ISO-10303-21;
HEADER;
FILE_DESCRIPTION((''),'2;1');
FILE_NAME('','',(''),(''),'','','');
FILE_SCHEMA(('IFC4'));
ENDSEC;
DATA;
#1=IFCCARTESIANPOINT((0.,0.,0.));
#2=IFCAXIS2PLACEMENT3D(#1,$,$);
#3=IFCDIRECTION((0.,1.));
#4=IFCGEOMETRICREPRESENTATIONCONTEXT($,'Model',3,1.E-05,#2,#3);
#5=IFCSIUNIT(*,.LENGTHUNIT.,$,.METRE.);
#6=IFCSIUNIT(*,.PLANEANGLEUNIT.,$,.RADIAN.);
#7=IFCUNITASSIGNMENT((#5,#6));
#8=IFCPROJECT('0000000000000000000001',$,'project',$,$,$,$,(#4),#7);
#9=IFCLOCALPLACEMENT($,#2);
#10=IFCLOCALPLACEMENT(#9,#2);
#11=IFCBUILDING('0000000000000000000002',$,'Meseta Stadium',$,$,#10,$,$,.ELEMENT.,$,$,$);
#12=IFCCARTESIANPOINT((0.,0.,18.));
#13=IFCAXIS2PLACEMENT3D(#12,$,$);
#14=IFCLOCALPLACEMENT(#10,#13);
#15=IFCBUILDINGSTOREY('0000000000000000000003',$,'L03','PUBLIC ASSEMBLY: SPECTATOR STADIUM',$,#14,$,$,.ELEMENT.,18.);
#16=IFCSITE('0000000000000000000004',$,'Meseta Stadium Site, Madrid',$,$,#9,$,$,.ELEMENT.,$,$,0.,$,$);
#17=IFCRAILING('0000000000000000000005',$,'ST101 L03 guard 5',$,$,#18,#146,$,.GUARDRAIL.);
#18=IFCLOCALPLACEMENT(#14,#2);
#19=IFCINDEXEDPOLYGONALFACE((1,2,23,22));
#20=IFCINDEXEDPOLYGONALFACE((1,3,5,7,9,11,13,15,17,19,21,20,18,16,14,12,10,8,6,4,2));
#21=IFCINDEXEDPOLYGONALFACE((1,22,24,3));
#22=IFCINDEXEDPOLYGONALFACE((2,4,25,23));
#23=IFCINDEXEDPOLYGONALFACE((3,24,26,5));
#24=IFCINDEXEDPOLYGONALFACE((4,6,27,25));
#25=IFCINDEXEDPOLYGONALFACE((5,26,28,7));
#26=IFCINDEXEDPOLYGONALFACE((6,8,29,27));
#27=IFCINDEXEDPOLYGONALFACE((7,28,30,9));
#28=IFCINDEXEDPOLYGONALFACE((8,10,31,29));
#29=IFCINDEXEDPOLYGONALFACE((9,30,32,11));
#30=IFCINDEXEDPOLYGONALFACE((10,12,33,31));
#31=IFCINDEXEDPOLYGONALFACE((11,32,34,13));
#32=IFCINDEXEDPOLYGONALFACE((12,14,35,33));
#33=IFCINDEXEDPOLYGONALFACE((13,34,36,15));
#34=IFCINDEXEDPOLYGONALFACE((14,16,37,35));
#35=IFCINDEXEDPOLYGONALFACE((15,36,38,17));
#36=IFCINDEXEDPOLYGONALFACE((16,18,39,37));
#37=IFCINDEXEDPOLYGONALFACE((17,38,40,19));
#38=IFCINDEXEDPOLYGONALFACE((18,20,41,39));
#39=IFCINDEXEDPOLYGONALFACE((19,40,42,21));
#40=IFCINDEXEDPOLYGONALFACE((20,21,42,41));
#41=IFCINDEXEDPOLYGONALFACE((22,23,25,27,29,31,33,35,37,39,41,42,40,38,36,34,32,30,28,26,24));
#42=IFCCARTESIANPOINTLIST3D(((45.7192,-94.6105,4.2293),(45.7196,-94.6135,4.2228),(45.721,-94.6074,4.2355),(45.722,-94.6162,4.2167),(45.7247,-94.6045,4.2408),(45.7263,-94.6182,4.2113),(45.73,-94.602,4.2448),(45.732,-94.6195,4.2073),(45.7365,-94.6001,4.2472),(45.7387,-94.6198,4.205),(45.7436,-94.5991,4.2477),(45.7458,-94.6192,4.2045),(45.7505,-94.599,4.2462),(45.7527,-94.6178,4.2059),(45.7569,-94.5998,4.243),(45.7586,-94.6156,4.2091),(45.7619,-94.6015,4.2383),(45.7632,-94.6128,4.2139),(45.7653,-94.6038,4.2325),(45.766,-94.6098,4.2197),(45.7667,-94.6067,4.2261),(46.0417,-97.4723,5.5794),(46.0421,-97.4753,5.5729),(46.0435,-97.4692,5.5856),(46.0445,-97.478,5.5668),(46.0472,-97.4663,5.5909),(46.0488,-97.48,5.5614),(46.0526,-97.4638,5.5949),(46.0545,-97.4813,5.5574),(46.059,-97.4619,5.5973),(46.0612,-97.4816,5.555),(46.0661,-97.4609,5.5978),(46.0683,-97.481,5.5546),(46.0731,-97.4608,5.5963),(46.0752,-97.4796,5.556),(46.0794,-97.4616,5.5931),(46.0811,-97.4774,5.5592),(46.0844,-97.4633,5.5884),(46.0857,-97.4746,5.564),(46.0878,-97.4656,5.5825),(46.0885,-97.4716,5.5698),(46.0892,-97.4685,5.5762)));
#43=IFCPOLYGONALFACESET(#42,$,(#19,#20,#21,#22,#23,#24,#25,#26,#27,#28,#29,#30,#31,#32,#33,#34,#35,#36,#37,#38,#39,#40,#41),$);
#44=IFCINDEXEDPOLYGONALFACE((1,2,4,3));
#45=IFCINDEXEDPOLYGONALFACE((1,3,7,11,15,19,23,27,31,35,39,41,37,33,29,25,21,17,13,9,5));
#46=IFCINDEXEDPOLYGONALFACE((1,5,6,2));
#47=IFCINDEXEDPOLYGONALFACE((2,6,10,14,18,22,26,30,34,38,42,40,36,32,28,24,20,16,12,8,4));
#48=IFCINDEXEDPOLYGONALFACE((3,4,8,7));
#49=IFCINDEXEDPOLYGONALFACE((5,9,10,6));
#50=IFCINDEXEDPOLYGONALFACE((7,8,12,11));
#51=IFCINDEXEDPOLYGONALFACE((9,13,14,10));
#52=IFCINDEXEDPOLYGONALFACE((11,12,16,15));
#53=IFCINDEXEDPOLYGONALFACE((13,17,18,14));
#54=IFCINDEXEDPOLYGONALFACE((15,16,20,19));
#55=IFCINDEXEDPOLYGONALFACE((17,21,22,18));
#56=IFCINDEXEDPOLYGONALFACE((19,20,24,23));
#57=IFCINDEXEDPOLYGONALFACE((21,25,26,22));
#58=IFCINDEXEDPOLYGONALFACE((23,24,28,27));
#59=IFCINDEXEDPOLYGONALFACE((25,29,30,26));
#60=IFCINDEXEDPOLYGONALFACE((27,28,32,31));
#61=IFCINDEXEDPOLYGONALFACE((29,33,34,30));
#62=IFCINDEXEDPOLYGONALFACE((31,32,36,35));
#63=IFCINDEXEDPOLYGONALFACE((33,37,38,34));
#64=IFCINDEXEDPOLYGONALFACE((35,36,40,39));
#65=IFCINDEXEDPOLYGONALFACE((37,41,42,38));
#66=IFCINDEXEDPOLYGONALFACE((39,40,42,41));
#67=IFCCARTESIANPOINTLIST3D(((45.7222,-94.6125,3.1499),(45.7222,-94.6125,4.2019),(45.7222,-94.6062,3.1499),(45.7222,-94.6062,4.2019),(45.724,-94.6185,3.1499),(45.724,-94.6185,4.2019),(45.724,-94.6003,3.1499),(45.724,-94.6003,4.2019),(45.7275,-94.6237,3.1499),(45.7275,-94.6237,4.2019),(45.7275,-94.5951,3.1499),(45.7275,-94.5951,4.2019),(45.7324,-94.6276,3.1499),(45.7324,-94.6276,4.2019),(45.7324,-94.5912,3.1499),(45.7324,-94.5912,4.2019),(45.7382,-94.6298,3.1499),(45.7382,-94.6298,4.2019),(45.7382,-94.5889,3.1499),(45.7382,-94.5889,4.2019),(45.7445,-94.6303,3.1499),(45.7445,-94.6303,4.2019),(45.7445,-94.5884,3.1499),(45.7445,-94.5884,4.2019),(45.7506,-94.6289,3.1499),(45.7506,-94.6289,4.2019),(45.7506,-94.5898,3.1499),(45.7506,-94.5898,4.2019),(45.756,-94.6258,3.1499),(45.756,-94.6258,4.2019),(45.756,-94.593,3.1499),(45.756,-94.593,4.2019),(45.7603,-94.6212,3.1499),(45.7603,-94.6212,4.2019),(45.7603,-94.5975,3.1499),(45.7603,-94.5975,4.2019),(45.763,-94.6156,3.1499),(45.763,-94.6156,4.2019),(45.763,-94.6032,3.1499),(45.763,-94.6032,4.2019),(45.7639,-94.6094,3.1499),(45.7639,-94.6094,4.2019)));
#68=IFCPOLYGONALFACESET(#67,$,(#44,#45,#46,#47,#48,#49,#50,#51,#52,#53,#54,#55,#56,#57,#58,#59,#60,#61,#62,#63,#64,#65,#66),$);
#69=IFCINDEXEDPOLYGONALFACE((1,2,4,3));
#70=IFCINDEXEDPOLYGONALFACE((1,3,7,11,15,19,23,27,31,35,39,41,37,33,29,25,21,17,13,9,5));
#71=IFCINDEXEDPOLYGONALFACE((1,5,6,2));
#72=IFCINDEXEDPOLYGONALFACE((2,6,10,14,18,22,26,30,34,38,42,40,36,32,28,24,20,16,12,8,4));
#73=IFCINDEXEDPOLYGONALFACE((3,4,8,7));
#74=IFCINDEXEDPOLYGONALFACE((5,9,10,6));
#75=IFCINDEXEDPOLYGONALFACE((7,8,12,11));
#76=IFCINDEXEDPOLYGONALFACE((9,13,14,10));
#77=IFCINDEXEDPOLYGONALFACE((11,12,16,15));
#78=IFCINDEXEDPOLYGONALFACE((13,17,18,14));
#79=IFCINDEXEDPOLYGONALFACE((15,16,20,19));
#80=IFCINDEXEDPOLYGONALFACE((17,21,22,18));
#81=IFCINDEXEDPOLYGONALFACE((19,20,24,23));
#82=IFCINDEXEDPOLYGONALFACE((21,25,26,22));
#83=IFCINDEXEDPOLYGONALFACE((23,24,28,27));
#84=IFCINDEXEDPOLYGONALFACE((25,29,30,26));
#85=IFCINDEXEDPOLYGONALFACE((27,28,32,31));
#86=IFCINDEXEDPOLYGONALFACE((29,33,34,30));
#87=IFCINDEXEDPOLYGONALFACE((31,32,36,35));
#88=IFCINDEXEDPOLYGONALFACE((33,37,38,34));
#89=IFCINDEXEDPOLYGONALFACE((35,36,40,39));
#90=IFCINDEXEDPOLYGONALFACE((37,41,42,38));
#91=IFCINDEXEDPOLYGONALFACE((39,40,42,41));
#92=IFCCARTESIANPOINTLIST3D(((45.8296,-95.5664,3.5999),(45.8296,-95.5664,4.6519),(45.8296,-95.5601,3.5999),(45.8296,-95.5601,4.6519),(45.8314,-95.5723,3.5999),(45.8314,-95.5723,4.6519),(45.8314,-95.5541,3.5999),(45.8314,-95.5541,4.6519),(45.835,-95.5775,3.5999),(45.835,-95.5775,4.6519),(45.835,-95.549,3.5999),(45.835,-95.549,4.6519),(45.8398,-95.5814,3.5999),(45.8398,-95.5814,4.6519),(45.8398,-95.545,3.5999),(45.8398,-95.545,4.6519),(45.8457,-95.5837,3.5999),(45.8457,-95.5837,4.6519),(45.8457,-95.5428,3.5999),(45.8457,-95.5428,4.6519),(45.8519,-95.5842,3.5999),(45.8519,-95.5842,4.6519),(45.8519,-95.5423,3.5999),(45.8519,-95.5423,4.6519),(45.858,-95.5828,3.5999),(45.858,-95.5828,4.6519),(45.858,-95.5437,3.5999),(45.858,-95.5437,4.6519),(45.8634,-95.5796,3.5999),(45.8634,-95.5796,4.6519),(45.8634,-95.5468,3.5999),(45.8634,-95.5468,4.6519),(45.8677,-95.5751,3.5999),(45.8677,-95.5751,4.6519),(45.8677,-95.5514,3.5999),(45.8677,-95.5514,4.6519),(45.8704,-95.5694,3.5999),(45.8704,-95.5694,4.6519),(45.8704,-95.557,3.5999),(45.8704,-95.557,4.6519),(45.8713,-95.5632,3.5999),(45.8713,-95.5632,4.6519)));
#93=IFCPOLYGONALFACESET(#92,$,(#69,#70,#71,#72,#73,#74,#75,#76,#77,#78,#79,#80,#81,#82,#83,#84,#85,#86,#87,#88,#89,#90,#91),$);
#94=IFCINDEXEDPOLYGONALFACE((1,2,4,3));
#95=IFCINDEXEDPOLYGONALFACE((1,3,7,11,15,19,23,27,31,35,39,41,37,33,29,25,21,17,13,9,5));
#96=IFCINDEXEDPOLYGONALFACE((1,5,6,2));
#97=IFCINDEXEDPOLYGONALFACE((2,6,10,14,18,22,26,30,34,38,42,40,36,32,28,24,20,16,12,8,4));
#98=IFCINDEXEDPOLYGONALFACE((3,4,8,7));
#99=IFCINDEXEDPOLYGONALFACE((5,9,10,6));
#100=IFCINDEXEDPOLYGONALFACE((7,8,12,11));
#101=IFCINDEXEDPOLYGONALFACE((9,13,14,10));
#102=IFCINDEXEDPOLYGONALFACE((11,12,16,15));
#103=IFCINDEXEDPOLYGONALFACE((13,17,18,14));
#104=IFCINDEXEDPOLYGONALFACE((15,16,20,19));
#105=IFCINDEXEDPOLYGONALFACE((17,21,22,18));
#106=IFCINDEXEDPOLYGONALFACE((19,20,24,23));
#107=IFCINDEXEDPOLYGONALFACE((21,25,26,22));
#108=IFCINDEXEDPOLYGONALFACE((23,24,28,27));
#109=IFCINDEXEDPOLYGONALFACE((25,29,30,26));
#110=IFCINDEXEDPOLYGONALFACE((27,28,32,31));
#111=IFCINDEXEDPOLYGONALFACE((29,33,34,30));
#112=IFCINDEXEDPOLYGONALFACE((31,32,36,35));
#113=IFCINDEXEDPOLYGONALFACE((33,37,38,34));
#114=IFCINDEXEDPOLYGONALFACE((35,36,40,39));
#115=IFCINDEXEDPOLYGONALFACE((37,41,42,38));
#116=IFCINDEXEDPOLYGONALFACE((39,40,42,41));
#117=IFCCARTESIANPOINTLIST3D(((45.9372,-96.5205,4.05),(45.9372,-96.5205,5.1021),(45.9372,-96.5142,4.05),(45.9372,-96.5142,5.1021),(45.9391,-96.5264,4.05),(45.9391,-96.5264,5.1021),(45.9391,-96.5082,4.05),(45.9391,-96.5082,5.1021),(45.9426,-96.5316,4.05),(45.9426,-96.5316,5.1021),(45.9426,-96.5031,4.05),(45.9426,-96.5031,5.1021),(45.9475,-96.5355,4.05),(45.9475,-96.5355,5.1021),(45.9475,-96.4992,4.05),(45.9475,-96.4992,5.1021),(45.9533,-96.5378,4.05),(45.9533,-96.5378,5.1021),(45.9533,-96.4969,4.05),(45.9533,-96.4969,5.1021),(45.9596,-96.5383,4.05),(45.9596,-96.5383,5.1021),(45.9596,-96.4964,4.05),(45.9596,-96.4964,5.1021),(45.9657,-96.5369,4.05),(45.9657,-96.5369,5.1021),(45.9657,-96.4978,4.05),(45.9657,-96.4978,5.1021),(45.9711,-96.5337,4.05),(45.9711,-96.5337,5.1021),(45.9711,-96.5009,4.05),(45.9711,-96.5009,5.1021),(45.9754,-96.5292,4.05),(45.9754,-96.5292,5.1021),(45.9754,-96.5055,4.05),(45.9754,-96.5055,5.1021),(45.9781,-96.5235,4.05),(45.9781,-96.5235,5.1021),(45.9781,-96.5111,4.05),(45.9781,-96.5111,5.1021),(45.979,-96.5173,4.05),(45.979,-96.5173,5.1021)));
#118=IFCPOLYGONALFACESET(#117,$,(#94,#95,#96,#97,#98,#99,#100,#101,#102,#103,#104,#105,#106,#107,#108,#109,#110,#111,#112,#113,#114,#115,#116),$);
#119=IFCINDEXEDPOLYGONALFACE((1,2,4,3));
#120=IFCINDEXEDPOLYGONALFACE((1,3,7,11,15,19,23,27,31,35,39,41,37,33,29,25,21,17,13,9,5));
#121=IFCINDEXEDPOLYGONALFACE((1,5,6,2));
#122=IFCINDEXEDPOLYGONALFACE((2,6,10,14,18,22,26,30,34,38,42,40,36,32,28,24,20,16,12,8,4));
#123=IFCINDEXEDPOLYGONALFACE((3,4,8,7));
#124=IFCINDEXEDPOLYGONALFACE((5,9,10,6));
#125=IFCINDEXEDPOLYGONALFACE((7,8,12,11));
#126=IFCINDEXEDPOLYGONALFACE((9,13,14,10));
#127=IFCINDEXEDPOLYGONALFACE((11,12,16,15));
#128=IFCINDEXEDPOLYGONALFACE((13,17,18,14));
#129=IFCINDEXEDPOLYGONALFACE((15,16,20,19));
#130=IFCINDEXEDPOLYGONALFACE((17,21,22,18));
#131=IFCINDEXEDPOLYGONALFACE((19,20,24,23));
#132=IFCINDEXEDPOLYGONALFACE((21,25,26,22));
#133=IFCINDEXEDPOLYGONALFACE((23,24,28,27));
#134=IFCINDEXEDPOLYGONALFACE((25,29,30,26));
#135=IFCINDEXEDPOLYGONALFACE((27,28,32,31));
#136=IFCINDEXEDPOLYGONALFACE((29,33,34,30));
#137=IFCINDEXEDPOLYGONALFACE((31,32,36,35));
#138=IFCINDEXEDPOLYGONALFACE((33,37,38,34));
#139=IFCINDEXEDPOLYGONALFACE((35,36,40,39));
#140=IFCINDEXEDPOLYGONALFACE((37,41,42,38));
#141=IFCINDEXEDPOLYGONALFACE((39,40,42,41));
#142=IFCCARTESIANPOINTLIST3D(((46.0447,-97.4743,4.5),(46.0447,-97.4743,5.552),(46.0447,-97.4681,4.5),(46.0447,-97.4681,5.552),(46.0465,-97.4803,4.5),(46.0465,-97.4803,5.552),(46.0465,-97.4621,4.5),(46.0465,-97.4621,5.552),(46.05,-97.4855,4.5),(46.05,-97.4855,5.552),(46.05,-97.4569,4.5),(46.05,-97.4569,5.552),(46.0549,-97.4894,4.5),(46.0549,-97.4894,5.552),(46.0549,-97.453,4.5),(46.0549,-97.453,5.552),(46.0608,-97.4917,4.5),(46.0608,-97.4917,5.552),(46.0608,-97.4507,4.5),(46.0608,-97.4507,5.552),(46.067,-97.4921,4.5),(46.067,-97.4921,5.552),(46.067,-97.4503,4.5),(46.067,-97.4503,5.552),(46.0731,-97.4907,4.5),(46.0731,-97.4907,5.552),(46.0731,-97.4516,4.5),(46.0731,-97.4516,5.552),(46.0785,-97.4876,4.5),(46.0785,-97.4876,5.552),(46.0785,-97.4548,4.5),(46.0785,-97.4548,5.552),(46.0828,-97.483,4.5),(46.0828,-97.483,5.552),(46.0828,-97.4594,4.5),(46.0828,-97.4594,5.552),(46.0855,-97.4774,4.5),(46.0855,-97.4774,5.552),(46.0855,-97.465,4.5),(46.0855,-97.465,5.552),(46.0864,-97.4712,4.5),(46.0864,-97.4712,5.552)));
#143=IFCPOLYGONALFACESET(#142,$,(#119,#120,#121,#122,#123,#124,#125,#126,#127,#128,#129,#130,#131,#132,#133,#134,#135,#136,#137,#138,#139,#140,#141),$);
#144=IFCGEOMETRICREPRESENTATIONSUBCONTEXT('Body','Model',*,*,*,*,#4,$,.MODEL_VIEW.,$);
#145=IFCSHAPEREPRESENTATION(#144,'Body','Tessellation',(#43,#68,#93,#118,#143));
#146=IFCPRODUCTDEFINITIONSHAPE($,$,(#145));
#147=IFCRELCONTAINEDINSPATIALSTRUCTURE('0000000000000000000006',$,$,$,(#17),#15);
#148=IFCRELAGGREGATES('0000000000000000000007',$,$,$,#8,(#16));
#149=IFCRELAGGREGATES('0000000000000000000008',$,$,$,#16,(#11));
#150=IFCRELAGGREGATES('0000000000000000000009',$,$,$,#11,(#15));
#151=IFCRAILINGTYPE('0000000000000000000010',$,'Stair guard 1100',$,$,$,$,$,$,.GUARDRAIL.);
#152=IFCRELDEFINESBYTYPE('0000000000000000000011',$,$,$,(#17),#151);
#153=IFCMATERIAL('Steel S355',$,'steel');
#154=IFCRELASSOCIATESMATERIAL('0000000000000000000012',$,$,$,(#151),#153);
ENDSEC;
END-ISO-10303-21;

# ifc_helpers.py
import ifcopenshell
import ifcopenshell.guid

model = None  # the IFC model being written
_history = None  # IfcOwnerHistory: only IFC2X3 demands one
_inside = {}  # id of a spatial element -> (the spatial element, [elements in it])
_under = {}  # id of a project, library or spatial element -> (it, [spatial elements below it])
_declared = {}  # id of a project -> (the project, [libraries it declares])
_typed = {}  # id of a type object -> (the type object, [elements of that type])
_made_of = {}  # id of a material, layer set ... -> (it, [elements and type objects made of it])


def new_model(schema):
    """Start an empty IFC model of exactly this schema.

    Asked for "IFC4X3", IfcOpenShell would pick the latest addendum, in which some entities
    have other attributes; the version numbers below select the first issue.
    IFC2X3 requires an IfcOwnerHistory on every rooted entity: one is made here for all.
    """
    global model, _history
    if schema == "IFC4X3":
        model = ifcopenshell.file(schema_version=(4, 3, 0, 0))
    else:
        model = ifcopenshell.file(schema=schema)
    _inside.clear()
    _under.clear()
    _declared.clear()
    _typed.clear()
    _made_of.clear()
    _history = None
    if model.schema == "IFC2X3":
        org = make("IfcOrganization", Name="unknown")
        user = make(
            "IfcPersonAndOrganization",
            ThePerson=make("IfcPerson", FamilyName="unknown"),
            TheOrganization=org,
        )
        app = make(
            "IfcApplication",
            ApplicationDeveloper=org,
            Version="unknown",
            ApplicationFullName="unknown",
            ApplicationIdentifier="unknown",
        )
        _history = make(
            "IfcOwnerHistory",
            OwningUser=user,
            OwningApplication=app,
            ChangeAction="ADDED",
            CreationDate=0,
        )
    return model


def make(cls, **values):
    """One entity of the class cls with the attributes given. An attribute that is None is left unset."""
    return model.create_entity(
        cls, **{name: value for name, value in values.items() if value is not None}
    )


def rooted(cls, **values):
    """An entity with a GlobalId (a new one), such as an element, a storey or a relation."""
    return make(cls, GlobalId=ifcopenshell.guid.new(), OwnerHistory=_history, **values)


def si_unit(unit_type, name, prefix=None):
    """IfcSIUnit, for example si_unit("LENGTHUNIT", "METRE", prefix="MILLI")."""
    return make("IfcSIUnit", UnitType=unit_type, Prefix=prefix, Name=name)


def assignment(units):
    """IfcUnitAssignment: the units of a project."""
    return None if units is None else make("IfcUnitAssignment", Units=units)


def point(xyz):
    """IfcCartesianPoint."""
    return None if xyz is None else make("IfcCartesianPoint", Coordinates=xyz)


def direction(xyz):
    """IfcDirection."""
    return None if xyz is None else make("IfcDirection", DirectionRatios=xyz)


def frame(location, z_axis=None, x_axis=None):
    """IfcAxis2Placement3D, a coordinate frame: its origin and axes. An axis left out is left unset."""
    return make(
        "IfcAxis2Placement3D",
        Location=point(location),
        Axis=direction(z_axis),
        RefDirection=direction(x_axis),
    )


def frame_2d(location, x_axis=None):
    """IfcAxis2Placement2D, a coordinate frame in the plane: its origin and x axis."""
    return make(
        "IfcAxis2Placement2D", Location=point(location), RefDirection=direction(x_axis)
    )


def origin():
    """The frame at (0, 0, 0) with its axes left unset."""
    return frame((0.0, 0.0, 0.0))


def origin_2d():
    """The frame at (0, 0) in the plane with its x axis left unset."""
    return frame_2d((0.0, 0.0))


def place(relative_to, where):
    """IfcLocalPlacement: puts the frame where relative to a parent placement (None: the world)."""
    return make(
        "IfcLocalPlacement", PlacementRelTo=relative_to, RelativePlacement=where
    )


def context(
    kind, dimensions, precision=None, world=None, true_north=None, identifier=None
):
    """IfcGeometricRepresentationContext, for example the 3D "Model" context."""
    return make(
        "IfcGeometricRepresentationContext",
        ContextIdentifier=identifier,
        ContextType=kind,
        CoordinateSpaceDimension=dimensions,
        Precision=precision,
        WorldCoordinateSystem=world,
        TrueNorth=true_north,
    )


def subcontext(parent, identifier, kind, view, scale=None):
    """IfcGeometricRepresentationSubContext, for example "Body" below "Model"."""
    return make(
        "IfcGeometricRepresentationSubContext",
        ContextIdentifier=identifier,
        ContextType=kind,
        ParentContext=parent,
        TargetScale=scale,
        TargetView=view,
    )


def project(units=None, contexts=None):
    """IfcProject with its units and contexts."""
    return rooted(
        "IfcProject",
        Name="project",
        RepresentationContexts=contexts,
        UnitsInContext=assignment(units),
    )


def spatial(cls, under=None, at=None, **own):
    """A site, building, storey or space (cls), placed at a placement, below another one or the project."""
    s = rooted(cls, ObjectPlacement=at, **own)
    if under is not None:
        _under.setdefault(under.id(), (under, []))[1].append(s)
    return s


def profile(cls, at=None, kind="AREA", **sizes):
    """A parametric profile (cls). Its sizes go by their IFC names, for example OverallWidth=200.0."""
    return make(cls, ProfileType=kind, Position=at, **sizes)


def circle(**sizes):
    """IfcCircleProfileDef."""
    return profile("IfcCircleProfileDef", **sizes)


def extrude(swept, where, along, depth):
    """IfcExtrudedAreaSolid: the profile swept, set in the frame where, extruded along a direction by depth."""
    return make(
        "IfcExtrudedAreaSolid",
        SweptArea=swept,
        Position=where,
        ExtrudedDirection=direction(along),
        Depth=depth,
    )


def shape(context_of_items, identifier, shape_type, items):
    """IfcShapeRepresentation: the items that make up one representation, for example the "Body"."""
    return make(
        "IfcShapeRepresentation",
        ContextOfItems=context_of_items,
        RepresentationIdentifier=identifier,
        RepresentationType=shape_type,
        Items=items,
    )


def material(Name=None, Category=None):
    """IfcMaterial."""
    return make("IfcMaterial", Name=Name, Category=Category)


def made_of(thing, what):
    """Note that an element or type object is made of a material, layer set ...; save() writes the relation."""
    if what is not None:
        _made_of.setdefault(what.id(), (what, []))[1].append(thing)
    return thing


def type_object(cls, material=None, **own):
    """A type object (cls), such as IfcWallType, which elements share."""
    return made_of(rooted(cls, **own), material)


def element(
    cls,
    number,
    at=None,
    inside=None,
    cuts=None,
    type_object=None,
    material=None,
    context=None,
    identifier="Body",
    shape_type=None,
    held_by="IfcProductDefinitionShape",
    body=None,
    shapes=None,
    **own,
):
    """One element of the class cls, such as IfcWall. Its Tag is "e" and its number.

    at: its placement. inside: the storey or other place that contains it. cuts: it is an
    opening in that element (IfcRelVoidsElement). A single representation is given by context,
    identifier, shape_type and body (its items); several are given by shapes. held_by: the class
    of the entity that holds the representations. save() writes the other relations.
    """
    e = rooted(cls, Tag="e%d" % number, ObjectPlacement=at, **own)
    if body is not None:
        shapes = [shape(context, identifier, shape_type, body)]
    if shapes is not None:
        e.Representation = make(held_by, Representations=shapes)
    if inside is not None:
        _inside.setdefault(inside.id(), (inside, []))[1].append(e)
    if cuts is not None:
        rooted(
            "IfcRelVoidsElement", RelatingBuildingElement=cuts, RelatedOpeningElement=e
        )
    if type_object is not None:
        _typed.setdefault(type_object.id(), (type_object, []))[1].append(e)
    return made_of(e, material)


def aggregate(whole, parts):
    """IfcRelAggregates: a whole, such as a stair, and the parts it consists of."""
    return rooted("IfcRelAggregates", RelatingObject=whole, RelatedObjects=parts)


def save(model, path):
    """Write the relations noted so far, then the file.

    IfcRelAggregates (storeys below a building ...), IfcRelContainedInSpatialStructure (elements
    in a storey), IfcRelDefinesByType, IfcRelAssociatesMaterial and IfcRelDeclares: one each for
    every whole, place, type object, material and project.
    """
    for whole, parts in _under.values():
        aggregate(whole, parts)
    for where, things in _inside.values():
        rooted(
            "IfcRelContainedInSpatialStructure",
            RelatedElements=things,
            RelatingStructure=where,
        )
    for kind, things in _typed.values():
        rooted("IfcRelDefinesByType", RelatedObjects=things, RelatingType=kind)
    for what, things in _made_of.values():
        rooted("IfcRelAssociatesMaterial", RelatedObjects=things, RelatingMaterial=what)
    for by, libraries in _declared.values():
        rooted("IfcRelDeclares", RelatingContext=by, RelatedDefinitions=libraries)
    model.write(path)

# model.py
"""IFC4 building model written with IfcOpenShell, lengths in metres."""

from ifc_helpers import new_model, si_unit, direction, frame, origin, origin_2d, place, context, subcontext, project, spatial, circle, extrude, material, type_object, element, save


model = new_model("IFC4")

# Units and contexts
model_context = context("Model", 3, precision=1e-05, world=origin(), true_north=direction((0.0, 1.0)))
body_context = subcontext(model_context, "Body", "Model", "MODEL_VIEW")
ifc_project = project(units=[si_unit("LENGTHUNIT", "METRE"), si_unit("PLANEANGLEUNIT", "RADIAN")], contexts=[model_context])

# Site, building, storey
site_placement = place(None, origin())
site = spatial("IfcSite", under=ifc_project, at=site_placement, Name="Meseta Stadium Site, Madrid", CompositionType="ELEMENT", RefElevation=0.0)
building_placement = place(site_placement, origin())
building = spatial("IfcBuilding", under=site, at=building_placement, Name="Meseta Stadium", CompositionType="ELEMENT")
storey_placement = place(building_placement, frame((0.0, 0.0, 18.0)))
storey = spatial("IfcBuildingStorey", under=building, at=storey_placement, Name="L03", Description="PUBLIC ASSEMBLY: SPECTATOR STADIUM", CompositionType="ELEMENT", Elevation=18.0)

# Railing
ifc_material_1 = material(Name="Steel S355", Category="steel")
railing_type_1 = type_object("IfcRailingType", Name="Stair guard 1100", PredefinedType="GUARDRAIL", material=ifc_material_1)
railing_1_placement = place(storey_placement, frame((45.7429, -94.6094, 3.1499)))
element("IfcRailing", 1, at=railing_1_placement, inside=storey, type_object=railing_type_1, Name="ST101 L03 guard 5", PredefinedType="GUARDRAIL", context=body_context, shape_type="SweptSolid", body=[
    extrude(circle(Radius=0.0239, at=origin_2d()), frame((0.0, 0.0, 1.0762), z_axis=(0.101396, -0.899748, 0.424467), x_axis=(0.99371, 0.111985, 0.0)), (0.0, 0.0, 1.0), 3.1807),
    extrude(circle(Radius=0.021, at=origin_2d()), origin(), (0.0, 0.0, 1.0), 1.052),
    extrude(circle(Radius=0.021, at=origin_2d()), frame((0.1074, -0.9539, 0.45)), (0.0, 0.0, 1.0), 1.052),
    extrude(circle(Radius=0.021, at=origin_2d()), frame((0.2151, -1.908, 0.9001)), (0.0, 0.0, 1.0), 1.052),
    extrude(circle(Radius=0.021, at=origin_2d()), frame((0.3225, -2.8618, 1.3501)), (0.0, 0.0, 1.0), 1.052),
])

save(model, "model.ifc")
